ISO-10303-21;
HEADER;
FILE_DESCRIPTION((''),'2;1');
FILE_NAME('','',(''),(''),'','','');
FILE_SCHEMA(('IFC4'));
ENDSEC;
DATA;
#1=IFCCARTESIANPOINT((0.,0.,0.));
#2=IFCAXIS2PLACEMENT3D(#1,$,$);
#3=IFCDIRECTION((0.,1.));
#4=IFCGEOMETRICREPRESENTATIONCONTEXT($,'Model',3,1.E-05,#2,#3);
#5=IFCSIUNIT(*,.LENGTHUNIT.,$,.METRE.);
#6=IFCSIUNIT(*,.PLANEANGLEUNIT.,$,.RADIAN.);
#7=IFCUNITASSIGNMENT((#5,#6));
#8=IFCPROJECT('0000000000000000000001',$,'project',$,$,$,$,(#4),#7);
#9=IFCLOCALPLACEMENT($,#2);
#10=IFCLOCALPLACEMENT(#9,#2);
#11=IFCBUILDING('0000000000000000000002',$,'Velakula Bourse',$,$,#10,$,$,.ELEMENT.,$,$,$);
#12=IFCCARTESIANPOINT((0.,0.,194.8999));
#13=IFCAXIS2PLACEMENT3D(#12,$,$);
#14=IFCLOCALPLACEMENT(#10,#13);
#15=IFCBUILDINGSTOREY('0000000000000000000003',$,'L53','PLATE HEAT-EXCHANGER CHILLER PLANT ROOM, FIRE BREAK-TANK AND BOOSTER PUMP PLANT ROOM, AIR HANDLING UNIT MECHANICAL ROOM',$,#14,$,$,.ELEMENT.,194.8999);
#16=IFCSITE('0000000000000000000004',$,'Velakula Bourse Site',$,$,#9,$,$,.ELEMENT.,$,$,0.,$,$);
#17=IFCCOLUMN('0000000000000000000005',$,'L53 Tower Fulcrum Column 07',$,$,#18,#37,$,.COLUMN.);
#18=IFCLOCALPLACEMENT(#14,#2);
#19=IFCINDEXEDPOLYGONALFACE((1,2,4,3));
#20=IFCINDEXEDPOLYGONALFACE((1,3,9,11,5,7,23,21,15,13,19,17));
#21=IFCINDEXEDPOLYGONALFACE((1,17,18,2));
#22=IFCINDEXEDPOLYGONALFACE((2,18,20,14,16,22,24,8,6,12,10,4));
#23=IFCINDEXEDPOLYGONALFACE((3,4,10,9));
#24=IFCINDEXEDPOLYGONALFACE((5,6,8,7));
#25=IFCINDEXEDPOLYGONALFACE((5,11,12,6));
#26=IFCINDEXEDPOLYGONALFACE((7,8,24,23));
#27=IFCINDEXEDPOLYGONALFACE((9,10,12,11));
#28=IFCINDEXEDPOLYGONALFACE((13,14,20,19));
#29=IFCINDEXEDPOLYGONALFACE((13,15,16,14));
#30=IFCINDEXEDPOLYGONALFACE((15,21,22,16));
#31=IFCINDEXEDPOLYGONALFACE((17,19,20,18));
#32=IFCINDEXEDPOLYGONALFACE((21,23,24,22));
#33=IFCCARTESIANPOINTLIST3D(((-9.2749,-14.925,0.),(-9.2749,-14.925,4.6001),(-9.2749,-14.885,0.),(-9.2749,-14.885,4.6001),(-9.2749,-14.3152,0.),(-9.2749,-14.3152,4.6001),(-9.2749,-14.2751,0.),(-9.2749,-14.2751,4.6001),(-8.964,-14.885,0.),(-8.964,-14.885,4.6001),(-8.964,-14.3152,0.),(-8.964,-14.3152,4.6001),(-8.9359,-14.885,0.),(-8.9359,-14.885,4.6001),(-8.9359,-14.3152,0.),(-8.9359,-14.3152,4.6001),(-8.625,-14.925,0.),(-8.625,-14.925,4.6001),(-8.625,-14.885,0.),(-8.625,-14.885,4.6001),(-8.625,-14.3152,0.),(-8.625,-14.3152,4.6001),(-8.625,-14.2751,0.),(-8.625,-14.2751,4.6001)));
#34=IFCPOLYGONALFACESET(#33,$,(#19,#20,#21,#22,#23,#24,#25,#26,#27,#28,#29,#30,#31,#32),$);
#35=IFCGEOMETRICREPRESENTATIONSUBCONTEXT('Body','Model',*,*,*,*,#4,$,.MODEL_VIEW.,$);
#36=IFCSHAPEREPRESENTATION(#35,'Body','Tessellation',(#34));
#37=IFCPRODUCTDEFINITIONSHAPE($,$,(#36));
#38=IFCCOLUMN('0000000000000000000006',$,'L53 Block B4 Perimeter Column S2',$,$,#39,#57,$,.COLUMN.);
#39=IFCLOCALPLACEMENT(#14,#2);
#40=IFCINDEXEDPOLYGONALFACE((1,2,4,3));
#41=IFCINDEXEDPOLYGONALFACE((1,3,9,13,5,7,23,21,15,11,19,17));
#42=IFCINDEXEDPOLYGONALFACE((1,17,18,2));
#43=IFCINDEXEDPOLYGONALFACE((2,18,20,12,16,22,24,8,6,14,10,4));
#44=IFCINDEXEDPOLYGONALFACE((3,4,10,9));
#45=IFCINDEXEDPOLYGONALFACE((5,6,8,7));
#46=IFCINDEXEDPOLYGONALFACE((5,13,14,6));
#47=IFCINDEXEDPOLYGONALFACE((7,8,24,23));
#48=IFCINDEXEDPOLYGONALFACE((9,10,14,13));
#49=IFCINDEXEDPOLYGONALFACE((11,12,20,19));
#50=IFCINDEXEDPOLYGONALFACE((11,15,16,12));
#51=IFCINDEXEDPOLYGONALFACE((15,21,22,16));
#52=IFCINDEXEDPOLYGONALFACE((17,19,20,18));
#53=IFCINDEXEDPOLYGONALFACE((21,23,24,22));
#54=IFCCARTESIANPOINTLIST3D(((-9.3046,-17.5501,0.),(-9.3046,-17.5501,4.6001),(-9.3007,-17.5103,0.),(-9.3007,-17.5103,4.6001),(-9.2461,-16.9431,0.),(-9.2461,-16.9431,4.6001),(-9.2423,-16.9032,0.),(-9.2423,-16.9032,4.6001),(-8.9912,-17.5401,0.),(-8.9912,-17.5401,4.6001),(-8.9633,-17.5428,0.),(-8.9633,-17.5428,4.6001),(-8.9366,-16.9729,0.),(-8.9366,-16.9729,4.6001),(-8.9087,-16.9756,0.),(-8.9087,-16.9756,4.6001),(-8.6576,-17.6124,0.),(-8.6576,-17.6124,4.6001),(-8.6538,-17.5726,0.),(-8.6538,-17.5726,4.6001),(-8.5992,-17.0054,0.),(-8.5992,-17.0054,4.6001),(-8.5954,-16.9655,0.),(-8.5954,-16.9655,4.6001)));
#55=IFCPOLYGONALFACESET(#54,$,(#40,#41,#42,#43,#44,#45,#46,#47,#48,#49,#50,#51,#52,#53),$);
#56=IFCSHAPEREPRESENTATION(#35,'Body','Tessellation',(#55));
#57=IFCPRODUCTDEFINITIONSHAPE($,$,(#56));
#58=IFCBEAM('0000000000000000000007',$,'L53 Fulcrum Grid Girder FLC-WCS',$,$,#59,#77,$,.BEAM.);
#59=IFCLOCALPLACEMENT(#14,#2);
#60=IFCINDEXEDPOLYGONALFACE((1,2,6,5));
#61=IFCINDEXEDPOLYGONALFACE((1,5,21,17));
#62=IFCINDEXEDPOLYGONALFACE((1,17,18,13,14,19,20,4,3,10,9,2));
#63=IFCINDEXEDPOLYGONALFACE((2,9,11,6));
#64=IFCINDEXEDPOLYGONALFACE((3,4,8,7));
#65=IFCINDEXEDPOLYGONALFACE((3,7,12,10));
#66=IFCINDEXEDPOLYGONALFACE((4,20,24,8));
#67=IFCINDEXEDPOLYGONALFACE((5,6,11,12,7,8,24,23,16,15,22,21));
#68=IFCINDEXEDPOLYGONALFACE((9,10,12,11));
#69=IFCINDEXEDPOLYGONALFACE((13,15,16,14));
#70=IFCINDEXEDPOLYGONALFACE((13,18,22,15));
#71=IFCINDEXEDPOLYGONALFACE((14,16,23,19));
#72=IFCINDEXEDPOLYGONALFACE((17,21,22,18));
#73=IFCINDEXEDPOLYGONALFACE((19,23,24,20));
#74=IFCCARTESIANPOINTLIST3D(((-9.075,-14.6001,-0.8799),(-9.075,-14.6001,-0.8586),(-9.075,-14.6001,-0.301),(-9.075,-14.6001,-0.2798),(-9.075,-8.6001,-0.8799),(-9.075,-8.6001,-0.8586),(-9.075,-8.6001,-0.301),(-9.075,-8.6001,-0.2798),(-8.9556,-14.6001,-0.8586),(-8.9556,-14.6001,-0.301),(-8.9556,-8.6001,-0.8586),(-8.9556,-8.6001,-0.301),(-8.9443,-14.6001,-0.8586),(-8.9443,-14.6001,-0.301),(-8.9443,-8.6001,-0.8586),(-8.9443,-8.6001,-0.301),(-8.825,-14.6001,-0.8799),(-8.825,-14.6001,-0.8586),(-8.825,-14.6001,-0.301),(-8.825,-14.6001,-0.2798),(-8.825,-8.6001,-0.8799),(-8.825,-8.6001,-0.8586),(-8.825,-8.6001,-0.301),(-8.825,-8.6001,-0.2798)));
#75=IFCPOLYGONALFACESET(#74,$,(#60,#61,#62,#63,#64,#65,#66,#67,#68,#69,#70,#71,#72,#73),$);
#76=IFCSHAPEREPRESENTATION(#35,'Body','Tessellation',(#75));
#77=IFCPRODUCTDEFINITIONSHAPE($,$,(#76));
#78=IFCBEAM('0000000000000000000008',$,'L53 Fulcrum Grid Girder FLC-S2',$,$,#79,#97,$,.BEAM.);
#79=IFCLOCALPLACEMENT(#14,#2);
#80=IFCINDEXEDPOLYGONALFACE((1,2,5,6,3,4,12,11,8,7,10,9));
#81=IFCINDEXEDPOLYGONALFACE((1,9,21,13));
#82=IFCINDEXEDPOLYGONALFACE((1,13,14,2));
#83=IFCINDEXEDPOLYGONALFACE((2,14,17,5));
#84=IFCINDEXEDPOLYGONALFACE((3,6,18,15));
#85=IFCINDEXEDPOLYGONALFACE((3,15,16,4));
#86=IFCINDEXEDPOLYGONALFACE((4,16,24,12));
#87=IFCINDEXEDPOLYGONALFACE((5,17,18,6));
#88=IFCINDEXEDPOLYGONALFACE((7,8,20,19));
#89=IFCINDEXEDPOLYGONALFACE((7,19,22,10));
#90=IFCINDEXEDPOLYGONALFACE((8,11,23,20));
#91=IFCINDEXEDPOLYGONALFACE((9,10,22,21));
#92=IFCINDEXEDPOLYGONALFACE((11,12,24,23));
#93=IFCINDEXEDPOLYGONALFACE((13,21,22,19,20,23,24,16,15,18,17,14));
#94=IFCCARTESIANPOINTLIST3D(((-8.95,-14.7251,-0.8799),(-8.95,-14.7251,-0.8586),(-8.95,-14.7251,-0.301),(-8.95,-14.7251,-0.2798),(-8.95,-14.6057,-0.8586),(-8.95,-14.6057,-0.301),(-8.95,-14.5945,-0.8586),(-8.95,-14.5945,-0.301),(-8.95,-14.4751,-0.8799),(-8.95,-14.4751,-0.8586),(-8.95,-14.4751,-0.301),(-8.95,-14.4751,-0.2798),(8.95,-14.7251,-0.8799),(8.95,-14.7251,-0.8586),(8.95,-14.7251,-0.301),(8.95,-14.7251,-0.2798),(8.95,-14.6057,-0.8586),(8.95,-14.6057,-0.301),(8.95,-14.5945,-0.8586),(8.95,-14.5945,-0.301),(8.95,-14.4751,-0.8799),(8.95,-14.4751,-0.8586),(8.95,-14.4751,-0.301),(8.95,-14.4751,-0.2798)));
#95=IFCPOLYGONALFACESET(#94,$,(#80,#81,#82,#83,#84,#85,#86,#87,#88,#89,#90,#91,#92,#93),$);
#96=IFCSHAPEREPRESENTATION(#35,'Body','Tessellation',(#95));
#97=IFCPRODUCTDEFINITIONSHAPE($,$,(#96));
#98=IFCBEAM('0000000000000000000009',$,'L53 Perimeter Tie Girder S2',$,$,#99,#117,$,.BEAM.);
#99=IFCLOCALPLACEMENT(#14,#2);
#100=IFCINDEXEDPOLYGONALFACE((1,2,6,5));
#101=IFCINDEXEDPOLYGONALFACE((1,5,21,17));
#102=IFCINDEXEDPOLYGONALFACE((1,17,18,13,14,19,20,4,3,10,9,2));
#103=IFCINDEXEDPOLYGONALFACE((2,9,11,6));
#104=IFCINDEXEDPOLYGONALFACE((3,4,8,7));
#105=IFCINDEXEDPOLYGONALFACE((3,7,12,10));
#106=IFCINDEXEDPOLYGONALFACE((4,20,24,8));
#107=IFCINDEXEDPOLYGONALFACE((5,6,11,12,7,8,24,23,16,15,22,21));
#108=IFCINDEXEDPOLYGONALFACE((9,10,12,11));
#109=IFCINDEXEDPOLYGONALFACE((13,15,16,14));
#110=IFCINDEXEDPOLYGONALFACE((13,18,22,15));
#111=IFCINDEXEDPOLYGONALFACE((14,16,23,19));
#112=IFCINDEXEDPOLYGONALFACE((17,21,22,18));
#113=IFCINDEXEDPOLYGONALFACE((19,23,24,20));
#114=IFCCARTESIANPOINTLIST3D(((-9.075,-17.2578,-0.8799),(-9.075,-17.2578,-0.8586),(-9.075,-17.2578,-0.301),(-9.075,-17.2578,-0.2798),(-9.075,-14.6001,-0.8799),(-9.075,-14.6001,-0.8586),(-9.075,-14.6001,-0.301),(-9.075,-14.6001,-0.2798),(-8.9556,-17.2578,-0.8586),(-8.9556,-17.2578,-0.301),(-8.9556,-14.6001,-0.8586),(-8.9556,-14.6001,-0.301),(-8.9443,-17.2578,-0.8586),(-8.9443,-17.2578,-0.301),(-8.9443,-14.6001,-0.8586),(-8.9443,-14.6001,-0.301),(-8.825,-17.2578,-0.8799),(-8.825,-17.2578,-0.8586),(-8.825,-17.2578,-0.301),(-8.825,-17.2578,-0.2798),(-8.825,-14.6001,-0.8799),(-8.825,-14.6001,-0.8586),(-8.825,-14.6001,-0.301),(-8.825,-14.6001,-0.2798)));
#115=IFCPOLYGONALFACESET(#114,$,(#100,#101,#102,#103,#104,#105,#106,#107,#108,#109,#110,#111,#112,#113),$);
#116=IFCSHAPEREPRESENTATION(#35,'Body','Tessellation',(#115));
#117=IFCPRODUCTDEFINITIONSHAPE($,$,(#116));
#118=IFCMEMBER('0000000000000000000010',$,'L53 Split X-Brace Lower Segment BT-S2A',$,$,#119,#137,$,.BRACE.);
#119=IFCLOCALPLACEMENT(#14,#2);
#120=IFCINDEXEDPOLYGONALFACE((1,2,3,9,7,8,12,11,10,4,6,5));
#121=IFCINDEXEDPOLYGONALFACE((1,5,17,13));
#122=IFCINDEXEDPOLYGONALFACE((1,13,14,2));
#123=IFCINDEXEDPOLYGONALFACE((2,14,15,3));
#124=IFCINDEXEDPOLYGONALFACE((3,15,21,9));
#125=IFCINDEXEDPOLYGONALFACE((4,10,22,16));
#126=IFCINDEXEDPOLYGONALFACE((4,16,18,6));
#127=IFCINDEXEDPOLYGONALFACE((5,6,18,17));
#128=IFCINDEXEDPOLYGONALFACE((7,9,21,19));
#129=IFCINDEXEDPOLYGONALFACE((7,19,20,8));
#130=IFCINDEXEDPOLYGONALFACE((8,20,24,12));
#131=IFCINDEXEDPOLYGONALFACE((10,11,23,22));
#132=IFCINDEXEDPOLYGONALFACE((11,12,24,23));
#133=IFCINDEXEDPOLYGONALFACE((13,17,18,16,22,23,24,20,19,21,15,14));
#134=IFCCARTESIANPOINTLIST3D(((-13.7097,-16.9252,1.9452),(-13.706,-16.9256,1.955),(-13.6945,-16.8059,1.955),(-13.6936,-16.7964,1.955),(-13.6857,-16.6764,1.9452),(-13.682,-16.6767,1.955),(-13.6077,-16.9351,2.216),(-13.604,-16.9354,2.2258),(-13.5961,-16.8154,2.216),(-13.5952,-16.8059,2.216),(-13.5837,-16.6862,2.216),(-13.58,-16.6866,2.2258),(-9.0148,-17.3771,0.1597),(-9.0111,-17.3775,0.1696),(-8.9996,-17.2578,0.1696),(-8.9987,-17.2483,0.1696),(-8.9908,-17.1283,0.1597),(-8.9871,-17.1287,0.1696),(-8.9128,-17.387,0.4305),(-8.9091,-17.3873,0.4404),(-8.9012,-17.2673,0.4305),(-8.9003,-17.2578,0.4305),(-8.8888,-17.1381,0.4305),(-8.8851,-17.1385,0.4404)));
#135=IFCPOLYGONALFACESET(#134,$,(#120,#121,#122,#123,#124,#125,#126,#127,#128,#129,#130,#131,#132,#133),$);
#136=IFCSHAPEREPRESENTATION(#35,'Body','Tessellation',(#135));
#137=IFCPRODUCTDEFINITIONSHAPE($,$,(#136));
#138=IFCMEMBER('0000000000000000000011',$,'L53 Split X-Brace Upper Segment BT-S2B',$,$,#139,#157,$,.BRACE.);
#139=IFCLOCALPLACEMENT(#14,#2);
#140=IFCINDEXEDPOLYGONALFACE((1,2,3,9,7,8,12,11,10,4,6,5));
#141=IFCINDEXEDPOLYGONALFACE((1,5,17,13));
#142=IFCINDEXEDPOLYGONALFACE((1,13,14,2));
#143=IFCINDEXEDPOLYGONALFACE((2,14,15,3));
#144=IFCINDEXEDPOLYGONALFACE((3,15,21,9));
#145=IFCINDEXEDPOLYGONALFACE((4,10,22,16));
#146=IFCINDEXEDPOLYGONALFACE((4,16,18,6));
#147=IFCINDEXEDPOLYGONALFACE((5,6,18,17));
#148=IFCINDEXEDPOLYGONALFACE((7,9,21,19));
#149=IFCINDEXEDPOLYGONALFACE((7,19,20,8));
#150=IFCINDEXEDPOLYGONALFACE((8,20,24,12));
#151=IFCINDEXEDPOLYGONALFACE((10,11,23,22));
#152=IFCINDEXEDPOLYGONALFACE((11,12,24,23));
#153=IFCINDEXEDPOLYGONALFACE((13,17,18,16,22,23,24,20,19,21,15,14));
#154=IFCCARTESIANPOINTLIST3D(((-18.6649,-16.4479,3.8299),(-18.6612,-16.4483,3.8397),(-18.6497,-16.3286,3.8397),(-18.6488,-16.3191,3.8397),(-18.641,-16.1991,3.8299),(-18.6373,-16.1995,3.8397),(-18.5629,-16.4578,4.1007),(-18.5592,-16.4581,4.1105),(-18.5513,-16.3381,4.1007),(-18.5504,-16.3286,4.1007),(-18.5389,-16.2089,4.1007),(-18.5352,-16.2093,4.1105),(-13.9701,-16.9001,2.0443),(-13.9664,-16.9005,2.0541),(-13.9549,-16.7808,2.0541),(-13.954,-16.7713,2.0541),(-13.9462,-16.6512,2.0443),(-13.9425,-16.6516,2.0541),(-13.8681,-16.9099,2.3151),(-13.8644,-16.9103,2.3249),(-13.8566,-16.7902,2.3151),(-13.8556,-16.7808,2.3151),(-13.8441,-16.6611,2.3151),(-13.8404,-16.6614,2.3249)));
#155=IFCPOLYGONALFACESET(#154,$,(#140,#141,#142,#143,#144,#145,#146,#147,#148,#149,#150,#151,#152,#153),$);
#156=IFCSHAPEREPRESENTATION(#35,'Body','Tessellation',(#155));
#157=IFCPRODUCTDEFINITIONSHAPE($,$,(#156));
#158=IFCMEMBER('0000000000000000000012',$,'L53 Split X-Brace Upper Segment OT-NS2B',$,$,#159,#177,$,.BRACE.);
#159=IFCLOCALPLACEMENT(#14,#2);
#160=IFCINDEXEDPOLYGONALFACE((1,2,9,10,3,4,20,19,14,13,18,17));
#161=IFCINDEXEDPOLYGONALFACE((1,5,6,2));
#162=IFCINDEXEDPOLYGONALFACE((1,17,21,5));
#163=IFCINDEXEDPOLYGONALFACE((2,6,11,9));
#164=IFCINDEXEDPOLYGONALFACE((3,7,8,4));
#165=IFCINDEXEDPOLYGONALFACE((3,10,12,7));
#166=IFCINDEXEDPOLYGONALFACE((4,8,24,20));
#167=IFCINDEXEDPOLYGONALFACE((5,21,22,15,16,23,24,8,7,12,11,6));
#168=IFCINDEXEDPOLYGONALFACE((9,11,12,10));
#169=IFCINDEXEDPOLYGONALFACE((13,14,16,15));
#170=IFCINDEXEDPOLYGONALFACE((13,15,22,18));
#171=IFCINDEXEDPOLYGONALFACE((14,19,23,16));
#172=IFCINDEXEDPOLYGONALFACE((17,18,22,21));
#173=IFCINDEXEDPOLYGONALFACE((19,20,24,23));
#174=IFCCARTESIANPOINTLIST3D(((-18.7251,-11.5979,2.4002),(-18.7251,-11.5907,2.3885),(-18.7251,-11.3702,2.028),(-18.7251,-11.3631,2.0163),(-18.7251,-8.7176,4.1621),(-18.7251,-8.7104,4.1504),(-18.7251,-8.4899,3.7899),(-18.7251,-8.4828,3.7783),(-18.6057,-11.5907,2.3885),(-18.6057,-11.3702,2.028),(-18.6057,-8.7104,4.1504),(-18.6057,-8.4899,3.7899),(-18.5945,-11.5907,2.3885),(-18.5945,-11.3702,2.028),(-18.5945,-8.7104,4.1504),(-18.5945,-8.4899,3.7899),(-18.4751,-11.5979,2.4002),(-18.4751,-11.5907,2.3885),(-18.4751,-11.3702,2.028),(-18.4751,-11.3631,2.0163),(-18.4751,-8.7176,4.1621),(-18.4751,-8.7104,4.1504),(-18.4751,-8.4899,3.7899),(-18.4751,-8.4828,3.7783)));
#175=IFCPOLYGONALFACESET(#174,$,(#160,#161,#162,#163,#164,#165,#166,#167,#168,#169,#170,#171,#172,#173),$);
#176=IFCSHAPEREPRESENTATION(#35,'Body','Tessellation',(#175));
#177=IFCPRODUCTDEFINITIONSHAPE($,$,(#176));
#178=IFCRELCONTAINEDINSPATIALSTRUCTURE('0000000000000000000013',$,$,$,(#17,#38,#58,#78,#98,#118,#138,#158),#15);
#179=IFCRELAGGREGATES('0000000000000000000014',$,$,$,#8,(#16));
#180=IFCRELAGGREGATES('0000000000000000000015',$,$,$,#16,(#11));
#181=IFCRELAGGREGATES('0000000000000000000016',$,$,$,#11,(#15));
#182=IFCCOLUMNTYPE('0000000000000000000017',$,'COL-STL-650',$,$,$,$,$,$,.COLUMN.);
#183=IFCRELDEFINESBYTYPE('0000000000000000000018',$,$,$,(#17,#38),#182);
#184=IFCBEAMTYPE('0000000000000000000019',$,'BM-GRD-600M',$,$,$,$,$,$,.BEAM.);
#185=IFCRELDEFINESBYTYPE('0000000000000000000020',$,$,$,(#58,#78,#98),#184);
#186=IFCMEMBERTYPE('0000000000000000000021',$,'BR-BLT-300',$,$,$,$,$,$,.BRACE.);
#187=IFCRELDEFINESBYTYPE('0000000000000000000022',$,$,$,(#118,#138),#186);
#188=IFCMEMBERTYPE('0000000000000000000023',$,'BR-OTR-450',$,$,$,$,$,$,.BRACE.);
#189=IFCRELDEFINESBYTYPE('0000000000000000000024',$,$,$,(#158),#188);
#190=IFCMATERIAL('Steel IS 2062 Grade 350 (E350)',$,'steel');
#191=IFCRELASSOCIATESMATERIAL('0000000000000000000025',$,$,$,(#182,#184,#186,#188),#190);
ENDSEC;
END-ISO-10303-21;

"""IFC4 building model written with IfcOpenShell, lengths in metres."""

from ifc_helpers import new_model, si_unit, direction, frame, origin, origin_2d, place, context, subcontext, project, spatial, i_section, extrude, material, material_profile, profile_set, type_object, element, save


model = new_model("IFC4")

# Units and contexts
model_context = context("Model", 3, precision=1e-05, world=origin(), true_north=direction((0.0, 1.0)))
body_context = subcontext(model_context, "Body", "Model", "MODEL_VIEW")
ifc_project = project(units=[si_unit("LENGTHUNIT", "METRE"), si_unit("PLANEANGLEUNIT", "RADIAN")], contexts=[model_context])

# Site, building, storey
site_placement = place(None, origin())
site = spatial("IfcSite", under=ifc_project, at=site_placement, Name="Velakula Bourse Site", CompositionType="ELEMENT", RefElevation=0.0)
building_placement = place(site_placement, origin())
building = spatial("IfcBuilding", under=site, at=building_placement, Name="Velakula Bourse", CompositionType="ELEMENT")
storey_placement = place(building_placement, frame((0.0, 0.0, 194.8999)))
storey = spatial("IfcBuildingStorey", under=building, at=storey_placement, Name="L53", Description="PLATE HEAT-EXCHANGER CHILLER PLANT ROOM, FIRE BREAK-TANK AND BOOSTER PUMP PLANT ROOM, AIR HANDLING UNIT MECHANICAL ROOM", CompositionType="ELEMENT", Elevation=194.8999)

# Columns
ifc_material_1 = material(Name="Steel IS 2062 Grade 350 (E350)", Category="steel")
ifc_material_profile_1 = material_profile(ifc_material_1, i_section(OverallWidth=0.6499, OverallDepth=0.6499, WebThickness=0.0281, FlangeThickness=0.04, at=origin_2d()), Name="Steel IS 2062 Grade 350 (E350)")
ifc_profile_set_1 = profile_set([ifc_material_profile_1], Name="Steel IS 2062 Grade 350 (E350)")
column_type = type_object("IfcColumnType", Name="COL-STL-650", PredefinedType="COLUMN", material=ifc_profile_set_1)
for number, where, z_axis, x_axis, name in (
    (1, (-8.95, -14.6001, 0.0), (0.0, 0.0, 1.0), (1.0, 0.0, 0.0), "L53 Tower Fulcrum Column 07"),
    (2, (-8.95, -17.2578, 0.0), (0.0, 0.0, 1.0), (0.995396, -0.095846, 0.0), "L53 Block B4 Perimeter Column S2"),
):
    element("IfcColumn", number, at=place(storey_placement, frame(where, z_axis=z_axis, x_axis=x_axis)), inside=storey, type_object=column_type, Name=name, PredefinedType="COLUMN", context=body_context, shape_type="SweptSolid", body=[
        extrude(i_section(OverallWidth=0.6499, OverallDepth=0.6499, WebThickness=0.0281, FlangeThickness=0.04, at=origin_2d()), origin(), (0.0, 0.0, 1.0), 4.6001),
    ])

# Beams
ifc_material_profile_2 = material_profile(ifc_material_1, i_section(OverallWidth=0.25, OverallDepth=0.6001, WebThickness=0.0112, FlangeThickness=0.0212, at=origin_2d()), Name="Steel IS 2062 Grade 350 (E350)")
ifc_profile_set_2 = profile_set([ifc_material_profile_2], Name="Steel IS 2062 Grade 350 (E350)")
beam_type_1 = type_object("IfcBeamType", Name="BM-GRD-600M", PredefinedType="BEAM", material=ifc_profile_set_2)
beam_1_placement = place(storey_placement, frame((-8.95, -14.6001, -0.5798), z_axis=(0.0, 1.0, 0.0), x_axis=(-1.0, 0.0, 0.0)))
element("IfcBeam", 3, at=beam_1_placement, inside=storey, type_object=beam_type_1, Name="L53 Fulcrum Grid Girder FLC-WCS", PredefinedType="BEAM", context=body_context, shape_type="SweptSolid", body=[
    extrude(i_section(OverallWidth=0.25, OverallDepth=0.6001, WebThickness=0.0112, FlangeThickness=0.0212, at=origin_2d()), origin(), (0.0, 0.0, 1.0), 6.0),
])
beam_2_placement = place(storey_placement, frame((-8.95, -14.6001, -0.5798), z_axis=(1.0, 0.0, 0.0), x_axis=(0.0, 1.0, 0.0)))
element("IfcBeam", 4, at=beam_2_placement, inside=storey, type_object=beam_type_1, Name="L53 Fulcrum Grid Girder FLC-S2", PredefinedType="BEAM", context=body_context, shape_type="SweptSolid", body=[
    extrude(i_section(OverallWidth=0.25, OverallDepth=0.6001, WebThickness=0.0112, FlangeThickness=0.0212, at=origin_2d()), origin(), (0.0, 0.0, 1.0), 17.8999),
])
beam_3_placement = place(storey_placement, frame((-8.95, -14.6001, -0.5798), z_axis=(0.0, -1.0, 0.0), x_axis=(1.0, 0.0, 0.0)))
element("IfcBeam", 5, at=beam_3_placement, inside=storey, type_object=beam_type_1, Name="L53 Perimeter Tie Girder S2", PredefinedType="BEAM", context=body_context, shape_type="SweptSolid", body=[
    extrude(i_section(OverallWidth=0.25, OverallDepth=0.6001, WebThickness=0.0112, FlangeThickness=0.0212, at=origin_2d()), origin(), (0.0, 0.0, 1.0), 2.6577),
])

# Members
ifc_material_profile_3 = material_profile(ifc_material_1, i_section(OverallWidth=0.25, OverallDepth=0.3, WebThickness=0.0095, FlangeThickness=0.0105, at=origin_2d()), Name="Steel IS 2062 Grade 350 (E350)")
ifc_profile_set_3 = profile_set([ifc_material_profile_3], Name="Steel IS 2062 Grade 350 (E350)")
member_type_1 = type_object("IfcMemberType", Name="BR-BLT-300", PredefinedType="BRACE", material=ifc_profile_set_3)
for number, where, z_axis, x_axis, name in (
    (6, (-8.95, -17.2578, 0.3), (-0.930933, 0.089608, 0.354026), (-0.095813, -0.995399, 0.0), "L53 Split X-Brace Lower Segment BT-S2A"),
    (7, (-13.9053, -16.7808, 2.1846), (-0.930913, 0.089654, 0.354066), (-0.095864, -0.995394, 0.0), "L53 Split X-Brace Upper Segment BT-S2B"),
):
    element("IfcMember", number, at=place(storey_placement, frame(where, z_axis=z_axis, x_axis=x_axis)), inside=storey, type_object=member_type_1, Name=name, PredefinedType="BRACE", context=body_context, shape_type="SweptSolid", body=[
        extrude(i_section(OverallWidth=0.25, OverallDepth=0.3, WebThickness=0.0095, FlangeThickness=0.0105, at=origin_2d()), origin(), (0.0, 0.0, 1.0), 5.0432),
    ])
ifc_material_profile_4 = material_profile(ifc_material_1, i_section(OverallWidth=0.25, OverallDepth=0.45, WebThickness=0.0112, FlangeThickness=0.0137, at=origin_2d()), Name="Steel IS 2062 Grade 350 (E350)")
ifc_profile_set_4 = profile_set([ifc_material_profile_4], Name="Steel IS 2062 Grade 350 (E350)")
member_type_2 = type_object("IfcMemberType", Name="BR-OTR-450", PredefinedType="BRACE", material=ifc_profile_set_4)
member_placement = place(storey_placement, frame((-18.6001, -11.4805, 2.2083), z_axis=(0.0, 0.853053, 0.521824), x_axis=(-1.0, 0.0, 0.0)))
element("IfcMember", 8, at=member_placement, inside=storey, type_object=member_type_2, Name="L53 Split X-Brace Upper Segment OT-NS2B", PredefinedType="BRACE", context=body_context, shape_type="SweptSolid", body=[
    extrude(i_section(OverallWidth=0.25, OverallDepth=0.45, WebThickness=0.0112, FlangeThickness=0.0137, at=origin_2d()), origin(), (0.0, 0.0, 1.0), 3.3765),
])

save(model, "model.ifc")
